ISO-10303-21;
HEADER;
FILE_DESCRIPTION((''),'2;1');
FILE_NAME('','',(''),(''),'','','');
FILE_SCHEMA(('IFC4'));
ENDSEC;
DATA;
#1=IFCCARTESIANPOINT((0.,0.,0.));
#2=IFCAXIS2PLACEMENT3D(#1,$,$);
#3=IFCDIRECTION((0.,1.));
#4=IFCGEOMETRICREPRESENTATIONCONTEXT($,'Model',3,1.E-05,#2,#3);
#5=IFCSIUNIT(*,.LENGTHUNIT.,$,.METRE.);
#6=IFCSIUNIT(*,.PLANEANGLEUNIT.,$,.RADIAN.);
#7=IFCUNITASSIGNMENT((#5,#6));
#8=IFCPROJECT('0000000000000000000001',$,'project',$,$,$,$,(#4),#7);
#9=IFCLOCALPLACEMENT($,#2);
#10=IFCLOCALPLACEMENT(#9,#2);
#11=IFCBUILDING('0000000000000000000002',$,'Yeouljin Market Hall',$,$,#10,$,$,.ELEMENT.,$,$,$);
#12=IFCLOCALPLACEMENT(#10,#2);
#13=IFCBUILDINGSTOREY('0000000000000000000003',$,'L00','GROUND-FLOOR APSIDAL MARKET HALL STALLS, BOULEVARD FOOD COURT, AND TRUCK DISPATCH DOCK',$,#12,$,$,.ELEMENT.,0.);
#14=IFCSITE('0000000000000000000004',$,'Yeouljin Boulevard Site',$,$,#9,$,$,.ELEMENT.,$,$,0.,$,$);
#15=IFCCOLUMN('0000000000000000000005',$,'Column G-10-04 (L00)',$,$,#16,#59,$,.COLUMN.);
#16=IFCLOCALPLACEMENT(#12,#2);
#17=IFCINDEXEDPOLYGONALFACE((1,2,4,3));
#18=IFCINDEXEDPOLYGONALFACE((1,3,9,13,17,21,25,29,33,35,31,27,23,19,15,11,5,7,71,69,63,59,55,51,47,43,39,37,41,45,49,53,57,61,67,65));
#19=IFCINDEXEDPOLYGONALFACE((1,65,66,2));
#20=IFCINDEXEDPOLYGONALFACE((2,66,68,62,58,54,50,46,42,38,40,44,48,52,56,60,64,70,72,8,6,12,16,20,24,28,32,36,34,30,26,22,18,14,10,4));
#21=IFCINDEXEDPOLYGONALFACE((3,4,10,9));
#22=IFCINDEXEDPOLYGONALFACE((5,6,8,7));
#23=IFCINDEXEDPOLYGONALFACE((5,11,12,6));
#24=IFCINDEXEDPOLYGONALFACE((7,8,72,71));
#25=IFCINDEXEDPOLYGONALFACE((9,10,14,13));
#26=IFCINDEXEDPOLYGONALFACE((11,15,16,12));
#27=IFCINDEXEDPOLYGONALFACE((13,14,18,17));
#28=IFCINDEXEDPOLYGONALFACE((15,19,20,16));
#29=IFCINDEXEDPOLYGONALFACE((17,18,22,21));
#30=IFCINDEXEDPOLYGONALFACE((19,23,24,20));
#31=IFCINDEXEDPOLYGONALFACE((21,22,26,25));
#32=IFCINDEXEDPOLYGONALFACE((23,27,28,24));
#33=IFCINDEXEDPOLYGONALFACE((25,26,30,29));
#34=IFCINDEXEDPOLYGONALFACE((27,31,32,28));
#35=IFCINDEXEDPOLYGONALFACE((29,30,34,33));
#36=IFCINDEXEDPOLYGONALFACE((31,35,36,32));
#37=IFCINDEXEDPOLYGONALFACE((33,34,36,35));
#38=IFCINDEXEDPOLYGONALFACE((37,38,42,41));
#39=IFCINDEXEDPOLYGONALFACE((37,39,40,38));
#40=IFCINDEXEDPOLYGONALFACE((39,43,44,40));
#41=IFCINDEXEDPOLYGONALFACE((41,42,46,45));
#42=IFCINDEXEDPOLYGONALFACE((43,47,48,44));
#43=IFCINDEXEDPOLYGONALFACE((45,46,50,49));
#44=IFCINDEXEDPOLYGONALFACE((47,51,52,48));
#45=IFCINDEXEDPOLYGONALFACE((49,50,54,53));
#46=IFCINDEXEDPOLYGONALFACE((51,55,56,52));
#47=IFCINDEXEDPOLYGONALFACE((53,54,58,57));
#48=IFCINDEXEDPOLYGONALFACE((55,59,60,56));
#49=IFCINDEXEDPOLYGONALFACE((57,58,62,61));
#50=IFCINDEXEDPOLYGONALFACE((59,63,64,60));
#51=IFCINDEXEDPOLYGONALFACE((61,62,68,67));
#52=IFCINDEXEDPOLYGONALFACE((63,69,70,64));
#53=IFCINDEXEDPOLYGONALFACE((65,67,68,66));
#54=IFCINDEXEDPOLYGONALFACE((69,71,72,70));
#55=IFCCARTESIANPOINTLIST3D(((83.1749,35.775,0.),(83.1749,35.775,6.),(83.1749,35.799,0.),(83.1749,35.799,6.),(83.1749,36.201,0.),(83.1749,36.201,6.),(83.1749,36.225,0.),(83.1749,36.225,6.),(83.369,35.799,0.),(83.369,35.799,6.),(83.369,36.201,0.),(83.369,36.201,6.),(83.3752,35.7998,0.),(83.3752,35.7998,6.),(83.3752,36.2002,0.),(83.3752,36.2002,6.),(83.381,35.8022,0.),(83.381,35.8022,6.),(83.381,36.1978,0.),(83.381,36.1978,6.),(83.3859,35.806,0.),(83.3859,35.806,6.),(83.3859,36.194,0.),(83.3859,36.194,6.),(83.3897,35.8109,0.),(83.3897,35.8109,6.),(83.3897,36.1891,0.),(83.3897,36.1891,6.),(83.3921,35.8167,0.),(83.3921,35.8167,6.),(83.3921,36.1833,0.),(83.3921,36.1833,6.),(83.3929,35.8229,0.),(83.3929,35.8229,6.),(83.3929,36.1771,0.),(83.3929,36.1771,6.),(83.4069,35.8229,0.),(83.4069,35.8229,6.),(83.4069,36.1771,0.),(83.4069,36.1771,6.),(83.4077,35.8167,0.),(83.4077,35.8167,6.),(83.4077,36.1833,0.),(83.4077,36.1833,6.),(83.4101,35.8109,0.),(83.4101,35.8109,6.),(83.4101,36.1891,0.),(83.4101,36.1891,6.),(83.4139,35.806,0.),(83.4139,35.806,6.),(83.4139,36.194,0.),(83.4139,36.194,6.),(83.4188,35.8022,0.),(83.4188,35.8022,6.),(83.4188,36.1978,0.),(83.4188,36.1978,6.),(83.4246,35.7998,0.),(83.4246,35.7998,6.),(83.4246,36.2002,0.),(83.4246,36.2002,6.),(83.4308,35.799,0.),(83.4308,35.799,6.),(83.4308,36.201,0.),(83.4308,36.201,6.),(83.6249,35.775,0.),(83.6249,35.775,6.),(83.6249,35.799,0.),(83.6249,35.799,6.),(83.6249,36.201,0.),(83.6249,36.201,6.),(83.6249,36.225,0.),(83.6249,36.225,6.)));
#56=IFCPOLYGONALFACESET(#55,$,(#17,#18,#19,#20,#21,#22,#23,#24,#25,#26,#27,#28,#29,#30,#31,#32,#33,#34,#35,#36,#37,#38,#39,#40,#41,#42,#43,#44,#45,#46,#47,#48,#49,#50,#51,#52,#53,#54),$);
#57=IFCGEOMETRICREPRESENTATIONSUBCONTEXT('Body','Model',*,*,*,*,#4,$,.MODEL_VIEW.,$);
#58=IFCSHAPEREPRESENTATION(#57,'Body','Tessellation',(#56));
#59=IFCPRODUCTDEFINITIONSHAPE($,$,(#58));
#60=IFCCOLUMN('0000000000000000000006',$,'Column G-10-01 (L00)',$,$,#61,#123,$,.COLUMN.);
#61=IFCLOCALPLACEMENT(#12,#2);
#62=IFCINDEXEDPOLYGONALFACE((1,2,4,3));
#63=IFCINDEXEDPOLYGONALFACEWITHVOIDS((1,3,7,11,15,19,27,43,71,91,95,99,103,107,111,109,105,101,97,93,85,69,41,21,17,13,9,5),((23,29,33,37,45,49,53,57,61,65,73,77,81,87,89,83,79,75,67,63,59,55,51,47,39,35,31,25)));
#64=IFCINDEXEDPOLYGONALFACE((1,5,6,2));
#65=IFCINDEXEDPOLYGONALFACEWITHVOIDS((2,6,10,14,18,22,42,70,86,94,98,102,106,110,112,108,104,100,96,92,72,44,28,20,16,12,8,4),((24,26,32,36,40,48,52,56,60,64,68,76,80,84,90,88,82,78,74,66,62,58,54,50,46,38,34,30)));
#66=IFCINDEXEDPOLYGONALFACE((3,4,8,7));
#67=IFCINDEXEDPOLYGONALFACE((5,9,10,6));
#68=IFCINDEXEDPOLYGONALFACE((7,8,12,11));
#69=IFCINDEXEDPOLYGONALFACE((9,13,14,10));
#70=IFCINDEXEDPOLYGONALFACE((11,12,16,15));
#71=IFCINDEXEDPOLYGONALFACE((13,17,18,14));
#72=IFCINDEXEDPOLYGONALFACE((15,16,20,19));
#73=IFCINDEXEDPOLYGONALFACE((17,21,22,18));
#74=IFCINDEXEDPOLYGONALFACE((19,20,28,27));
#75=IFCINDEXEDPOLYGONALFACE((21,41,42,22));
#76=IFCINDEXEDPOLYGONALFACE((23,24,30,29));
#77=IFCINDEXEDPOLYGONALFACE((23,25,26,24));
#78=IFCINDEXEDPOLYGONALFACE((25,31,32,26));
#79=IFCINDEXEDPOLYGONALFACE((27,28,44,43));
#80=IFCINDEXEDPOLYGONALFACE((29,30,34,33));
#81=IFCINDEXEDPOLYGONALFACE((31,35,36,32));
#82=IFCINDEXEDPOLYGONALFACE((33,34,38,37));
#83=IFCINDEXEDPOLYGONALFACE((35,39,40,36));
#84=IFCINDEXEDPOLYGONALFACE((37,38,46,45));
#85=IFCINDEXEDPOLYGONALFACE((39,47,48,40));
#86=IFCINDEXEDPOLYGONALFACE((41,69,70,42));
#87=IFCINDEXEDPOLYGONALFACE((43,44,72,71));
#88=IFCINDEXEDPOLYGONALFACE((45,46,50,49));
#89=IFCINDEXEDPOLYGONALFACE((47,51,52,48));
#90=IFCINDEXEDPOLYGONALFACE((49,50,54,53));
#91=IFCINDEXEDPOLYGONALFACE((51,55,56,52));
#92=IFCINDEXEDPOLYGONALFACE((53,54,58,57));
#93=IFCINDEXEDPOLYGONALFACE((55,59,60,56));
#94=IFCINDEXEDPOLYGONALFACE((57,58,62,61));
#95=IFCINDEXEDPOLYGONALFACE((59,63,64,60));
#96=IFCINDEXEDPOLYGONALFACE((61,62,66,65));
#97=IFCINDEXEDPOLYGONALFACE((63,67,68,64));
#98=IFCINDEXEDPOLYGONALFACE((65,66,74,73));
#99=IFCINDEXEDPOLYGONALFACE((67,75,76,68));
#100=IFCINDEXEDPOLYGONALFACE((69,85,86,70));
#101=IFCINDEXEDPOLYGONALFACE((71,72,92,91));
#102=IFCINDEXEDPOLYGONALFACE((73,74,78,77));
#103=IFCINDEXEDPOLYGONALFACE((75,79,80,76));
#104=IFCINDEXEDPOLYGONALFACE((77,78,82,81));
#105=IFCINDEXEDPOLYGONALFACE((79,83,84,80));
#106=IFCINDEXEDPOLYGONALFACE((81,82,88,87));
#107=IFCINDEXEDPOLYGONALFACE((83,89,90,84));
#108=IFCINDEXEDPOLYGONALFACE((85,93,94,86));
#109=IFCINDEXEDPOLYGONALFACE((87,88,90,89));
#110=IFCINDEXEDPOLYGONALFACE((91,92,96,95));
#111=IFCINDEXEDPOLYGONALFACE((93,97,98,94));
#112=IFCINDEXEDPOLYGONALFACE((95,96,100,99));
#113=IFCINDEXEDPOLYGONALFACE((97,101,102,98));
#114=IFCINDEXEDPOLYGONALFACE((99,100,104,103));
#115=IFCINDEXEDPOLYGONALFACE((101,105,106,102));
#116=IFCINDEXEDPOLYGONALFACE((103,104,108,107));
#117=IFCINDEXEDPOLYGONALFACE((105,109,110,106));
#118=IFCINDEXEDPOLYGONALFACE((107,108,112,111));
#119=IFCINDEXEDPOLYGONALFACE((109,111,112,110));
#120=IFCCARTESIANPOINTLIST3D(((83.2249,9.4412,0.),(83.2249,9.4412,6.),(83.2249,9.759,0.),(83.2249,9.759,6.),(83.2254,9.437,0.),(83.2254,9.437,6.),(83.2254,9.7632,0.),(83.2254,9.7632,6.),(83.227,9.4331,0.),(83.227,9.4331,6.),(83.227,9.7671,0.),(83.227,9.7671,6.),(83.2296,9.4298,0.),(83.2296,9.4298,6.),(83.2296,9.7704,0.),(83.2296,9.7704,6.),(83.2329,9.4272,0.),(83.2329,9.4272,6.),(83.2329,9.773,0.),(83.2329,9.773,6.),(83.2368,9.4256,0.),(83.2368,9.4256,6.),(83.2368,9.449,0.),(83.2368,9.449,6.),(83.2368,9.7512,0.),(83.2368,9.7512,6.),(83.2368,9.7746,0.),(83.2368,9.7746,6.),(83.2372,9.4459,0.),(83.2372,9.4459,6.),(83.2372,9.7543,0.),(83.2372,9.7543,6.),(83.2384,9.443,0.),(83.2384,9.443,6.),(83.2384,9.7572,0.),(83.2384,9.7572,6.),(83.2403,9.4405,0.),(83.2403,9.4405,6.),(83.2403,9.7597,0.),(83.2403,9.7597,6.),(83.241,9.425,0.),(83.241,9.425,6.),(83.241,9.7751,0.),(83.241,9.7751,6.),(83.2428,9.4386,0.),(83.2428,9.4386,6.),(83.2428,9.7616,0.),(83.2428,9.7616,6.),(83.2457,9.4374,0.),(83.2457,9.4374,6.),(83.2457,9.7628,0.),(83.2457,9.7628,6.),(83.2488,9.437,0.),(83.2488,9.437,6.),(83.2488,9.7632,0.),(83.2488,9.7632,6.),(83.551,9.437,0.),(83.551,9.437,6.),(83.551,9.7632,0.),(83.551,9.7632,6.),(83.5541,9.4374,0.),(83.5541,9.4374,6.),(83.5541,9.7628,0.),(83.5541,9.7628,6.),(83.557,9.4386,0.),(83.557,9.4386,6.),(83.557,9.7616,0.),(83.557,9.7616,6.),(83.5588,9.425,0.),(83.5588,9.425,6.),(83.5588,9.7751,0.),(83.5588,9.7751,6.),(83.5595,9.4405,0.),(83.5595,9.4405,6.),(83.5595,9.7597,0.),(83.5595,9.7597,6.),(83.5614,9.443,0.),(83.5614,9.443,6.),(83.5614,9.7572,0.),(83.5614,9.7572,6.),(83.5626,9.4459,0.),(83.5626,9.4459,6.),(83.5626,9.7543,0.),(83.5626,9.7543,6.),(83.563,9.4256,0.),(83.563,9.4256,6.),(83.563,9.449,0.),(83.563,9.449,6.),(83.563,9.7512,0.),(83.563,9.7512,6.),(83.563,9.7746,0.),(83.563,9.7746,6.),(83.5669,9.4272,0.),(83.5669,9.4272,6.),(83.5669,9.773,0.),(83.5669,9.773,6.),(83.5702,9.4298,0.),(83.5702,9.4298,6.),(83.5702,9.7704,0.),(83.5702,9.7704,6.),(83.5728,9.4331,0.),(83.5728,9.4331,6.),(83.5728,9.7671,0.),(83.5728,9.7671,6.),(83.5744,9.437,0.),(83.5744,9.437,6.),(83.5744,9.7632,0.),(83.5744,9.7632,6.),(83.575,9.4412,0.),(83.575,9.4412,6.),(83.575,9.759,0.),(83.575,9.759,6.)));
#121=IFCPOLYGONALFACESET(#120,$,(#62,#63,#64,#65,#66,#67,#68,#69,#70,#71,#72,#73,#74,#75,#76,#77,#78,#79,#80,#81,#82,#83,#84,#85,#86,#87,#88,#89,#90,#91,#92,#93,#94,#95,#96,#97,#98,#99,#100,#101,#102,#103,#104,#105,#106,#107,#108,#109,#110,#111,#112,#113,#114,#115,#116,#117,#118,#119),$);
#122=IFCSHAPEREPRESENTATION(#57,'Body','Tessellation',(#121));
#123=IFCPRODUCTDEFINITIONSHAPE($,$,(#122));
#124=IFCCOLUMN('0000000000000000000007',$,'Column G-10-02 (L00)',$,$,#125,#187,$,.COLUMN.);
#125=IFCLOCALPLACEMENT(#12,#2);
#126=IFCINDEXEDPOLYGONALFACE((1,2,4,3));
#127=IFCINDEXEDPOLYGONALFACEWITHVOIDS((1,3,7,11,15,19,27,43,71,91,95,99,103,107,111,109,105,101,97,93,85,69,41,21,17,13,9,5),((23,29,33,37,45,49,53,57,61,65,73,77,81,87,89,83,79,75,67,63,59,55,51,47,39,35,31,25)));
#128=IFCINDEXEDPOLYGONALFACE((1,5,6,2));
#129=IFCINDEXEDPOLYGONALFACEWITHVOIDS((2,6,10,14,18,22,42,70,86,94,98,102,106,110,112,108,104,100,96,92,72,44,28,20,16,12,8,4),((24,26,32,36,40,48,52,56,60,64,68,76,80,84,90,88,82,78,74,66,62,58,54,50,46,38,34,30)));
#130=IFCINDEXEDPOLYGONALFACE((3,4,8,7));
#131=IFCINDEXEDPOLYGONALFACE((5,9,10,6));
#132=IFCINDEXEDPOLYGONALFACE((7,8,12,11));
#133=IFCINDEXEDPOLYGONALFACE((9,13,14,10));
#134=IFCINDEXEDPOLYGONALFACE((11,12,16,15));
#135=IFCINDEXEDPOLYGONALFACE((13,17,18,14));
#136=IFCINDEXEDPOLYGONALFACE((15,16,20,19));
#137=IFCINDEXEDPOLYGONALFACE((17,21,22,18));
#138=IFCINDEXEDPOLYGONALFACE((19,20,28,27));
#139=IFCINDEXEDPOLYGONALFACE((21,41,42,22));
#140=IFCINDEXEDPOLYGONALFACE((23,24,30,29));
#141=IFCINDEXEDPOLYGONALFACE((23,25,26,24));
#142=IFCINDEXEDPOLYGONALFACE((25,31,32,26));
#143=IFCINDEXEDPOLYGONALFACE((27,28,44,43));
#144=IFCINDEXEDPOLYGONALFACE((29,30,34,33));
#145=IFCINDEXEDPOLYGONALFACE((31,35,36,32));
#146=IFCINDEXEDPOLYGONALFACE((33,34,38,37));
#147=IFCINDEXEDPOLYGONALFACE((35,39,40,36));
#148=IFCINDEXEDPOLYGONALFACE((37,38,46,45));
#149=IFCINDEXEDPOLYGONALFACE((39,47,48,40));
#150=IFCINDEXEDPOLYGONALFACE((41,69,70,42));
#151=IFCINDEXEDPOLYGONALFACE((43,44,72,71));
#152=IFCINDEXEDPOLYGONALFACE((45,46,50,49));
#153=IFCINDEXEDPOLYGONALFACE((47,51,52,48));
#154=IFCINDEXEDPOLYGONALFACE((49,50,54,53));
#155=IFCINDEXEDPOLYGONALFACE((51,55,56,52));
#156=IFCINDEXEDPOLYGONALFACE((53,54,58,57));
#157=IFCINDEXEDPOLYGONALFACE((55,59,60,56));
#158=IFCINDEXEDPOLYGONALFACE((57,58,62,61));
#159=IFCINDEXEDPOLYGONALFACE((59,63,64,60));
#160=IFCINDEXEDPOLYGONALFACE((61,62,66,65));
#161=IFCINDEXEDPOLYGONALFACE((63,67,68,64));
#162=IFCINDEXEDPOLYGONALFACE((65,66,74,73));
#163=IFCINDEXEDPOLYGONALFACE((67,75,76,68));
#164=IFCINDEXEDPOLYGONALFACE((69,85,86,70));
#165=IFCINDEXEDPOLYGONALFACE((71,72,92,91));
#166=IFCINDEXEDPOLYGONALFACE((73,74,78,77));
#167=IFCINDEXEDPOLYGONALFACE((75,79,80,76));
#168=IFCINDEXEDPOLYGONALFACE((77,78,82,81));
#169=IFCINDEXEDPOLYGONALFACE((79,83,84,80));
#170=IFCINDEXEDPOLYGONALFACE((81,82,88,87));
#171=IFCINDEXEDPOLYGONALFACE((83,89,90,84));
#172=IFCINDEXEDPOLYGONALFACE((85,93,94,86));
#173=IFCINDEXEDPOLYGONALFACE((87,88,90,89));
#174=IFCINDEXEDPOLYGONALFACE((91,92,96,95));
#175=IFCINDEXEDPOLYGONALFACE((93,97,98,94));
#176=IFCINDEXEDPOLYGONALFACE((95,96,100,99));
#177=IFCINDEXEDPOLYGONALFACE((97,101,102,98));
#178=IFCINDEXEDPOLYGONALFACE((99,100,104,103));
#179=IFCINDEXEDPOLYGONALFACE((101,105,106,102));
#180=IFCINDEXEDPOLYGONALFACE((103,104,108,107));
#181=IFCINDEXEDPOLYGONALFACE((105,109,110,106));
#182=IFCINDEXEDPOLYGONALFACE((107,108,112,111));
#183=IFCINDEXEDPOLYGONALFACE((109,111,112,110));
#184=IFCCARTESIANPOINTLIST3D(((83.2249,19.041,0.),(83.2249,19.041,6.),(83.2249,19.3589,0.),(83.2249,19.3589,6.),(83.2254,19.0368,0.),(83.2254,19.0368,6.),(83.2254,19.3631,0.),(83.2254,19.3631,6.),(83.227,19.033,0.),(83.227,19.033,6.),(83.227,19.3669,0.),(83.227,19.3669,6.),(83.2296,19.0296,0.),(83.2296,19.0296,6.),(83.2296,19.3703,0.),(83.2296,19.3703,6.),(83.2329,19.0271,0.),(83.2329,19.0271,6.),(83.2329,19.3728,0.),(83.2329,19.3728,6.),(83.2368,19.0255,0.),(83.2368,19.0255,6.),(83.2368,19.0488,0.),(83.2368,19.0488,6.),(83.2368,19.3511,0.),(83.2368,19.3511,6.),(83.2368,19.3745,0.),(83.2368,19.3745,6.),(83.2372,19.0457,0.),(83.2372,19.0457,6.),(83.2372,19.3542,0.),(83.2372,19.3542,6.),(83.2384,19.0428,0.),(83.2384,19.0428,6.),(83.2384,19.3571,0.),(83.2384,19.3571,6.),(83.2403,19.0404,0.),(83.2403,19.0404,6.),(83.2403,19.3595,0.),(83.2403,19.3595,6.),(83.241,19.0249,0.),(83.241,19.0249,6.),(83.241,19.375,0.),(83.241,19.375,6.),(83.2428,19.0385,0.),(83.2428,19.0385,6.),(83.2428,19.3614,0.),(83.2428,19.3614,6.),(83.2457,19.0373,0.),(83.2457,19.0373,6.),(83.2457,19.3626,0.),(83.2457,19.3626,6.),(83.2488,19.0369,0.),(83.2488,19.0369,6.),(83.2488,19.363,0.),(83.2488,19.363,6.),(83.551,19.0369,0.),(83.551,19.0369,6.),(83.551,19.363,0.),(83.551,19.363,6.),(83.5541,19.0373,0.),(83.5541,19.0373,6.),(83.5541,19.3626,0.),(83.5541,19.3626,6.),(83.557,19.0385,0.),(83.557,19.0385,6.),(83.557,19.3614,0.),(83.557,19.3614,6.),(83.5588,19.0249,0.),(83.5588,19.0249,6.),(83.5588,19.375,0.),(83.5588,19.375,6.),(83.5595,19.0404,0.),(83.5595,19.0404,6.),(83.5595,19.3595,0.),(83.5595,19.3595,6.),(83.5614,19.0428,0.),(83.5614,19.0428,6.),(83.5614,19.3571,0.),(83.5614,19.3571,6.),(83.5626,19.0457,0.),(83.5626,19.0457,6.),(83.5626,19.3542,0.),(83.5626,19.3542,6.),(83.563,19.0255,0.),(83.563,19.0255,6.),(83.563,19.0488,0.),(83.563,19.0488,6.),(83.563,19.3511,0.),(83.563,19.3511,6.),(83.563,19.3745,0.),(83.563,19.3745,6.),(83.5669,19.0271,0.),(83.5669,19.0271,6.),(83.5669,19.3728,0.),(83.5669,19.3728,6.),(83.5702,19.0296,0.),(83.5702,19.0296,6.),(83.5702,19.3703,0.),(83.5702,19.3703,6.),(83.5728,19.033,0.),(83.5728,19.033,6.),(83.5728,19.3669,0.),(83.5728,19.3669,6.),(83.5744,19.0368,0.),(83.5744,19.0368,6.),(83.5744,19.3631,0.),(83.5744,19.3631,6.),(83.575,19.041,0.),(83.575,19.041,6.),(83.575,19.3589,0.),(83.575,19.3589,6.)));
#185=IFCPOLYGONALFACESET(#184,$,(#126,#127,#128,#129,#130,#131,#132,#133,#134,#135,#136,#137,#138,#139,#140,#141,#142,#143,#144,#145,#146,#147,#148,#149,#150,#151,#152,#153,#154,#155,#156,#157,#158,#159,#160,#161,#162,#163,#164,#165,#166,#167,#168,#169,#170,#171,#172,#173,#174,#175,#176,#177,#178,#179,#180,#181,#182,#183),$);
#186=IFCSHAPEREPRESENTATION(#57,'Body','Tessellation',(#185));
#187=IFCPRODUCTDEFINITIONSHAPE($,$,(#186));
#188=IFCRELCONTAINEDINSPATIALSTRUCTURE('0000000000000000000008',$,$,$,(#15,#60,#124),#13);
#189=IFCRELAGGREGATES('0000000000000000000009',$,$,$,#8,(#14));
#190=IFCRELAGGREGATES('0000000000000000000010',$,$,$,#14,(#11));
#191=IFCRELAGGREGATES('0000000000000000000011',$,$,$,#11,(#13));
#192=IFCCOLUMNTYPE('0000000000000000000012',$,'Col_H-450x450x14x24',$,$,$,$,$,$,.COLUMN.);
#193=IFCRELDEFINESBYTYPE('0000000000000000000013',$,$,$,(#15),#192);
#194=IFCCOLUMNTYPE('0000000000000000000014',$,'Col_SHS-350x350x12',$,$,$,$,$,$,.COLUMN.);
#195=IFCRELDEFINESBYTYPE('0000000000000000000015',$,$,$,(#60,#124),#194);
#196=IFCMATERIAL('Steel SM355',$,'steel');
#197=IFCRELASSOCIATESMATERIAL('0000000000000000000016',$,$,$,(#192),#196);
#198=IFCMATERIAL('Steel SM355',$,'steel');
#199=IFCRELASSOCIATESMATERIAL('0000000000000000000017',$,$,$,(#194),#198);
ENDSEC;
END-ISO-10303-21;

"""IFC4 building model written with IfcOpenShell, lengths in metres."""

from ifc_helpers import new_model, si_unit, direction, frame, origin, origin_2d, place, context, subcontext, project, spatial, hollow_rectangle, i_section, extrude, material, material_profile, profile_set, type_object, element, save


model = new_model("IFC4")

# Units and contexts
model_context = context("Model", 3, precision=1e-05, world=origin(), true_north=direction((0.0, 1.0)))
body_context = subcontext(model_context, "Body", "Model", "MODEL_VIEW")
ifc_project = project(units=[si_unit("LENGTHUNIT", "METRE"), si_unit("PLANEANGLEUNIT", "RADIAN")], contexts=[model_context])

# Site, building, storey
site_placement = place(None, origin())
site = spatial("IfcSite", under=ifc_project, at=site_placement, Name="Yeouljin Boulevard Site", CompositionType="ELEMENT", RefElevation=0.0)
building_placement = place(site_placement, origin())
building = spatial("IfcBuilding", under=site, at=building_placement, Name="Yeouljin Market Hall", CompositionType="ELEMENT")
storey_placement = place(building_placement, origin())
storey = spatial("IfcBuildingStorey", under=building, at=storey_placement, Name="L00", Description="GROUND-FLOOR APSIDAL MARKET HALL STALLS, BOULEVARD FOOD COURT, AND TRUCK DISPATCH DOCK", CompositionType="ELEMENT", Elevation=0.0)

# Columns
ifc_material_1 = material(Name="Steel SM355", Category="steel")
ifc_material_profile_1 = material_profile(ifc_material_1, i_section(OverallWidth=0.45, OverallDepth=0.45, WebThickness=0.0139, FlangeThickness=0.0239, FilletRadius=0.0239, at=origin_2d()), Name="H-450x450x14x24")
ifc_profile_set_1 = profile_set([ifc_material_profile_1], Name="Steel SM355")
column_type_1 = type_object("IfcColumnType", Name="Col_H-450x450x14x24", PredefinedType="COLUMN", material=ifc_profile_set_1)
for number, where, z_axis, x_axis, name in (
    (1, (83.3999, 36.0, 0.0), (0.0, 0.0, 1.0), (1.0, 0.0, 0.0), "Column G-10-04 (L00)"),
):
    element("IfcColumn", number, at=place(storey_placement, frame(where, z_axis=z_axis, x_axis=x_axis)), inside=storey, type_object=column_type_1, Name=name, PredefinedType="COLUMN", context=body_context, shape_type="SweptSolid", body=[
        extrude(i_section(OverallWidth=0.45, OverallDepth=0.45, WebThickness=0.0139, FlangeThickness=0.0239, FilletRadius=0.0239, at=origin_2d()), origin(), (0.0, 0.0, 1.0), 6.0),
    ])
ifc_material_2 = material(Name="Steel SM355", Category="steel")
ifc_material_profile_2 = material_profile(ifc_material_2, hollow_rectangle(XDim=0.3501, YDim=0.3501, WallThickness=0.012, InnerFilletRadius=0.012, OuterFilletRadius=0.0161, at=origin_2d()), Name="SHS-350x350x12")
ifc_profile_set_2 = profile_set([ifc_material_profile_2], Name="Steel SM355")
column_type_2 = type_object("IfcColumnType", Name="Col_SHS-350x350x12", PredefinedType="COLUMN", material=ifc_profile_set_2)
for number, where, z_axis, x_axis, name in (
    (2, (83.3999, 9.6001, 0.0), (0.0, 0.0, 1.0), (1.0, 0.0, 0.0), "Column G-10-01 (L00)"),
    (3, (83.3999, 19.2, 0.0), (0.0, 0.0, 1.0), (1.0, 0.0, 0.0), "Column G-10-02 (L00)"),
):
    element("IfcColumn", number, at=place(storey_placement, frame(where, z_axis=z_axis, x_axis=x_axis)), inside=storey, type_object=column_type_2, Name=name, PredefinedType="COLUMN", context=body_context, shape_type="SweptSolid", body=[
        extrude(hollow_rectangle(XDim=0.3501, YDim=0.3501, WallThickness=0.012, InnerFilletRadius=0.012, OuterFilletRadius=0.0161, at=origin_2d()), origin(), (0.0, 0.0, 1.0), 6.0),
    ])

save(model, "model.ifc")
